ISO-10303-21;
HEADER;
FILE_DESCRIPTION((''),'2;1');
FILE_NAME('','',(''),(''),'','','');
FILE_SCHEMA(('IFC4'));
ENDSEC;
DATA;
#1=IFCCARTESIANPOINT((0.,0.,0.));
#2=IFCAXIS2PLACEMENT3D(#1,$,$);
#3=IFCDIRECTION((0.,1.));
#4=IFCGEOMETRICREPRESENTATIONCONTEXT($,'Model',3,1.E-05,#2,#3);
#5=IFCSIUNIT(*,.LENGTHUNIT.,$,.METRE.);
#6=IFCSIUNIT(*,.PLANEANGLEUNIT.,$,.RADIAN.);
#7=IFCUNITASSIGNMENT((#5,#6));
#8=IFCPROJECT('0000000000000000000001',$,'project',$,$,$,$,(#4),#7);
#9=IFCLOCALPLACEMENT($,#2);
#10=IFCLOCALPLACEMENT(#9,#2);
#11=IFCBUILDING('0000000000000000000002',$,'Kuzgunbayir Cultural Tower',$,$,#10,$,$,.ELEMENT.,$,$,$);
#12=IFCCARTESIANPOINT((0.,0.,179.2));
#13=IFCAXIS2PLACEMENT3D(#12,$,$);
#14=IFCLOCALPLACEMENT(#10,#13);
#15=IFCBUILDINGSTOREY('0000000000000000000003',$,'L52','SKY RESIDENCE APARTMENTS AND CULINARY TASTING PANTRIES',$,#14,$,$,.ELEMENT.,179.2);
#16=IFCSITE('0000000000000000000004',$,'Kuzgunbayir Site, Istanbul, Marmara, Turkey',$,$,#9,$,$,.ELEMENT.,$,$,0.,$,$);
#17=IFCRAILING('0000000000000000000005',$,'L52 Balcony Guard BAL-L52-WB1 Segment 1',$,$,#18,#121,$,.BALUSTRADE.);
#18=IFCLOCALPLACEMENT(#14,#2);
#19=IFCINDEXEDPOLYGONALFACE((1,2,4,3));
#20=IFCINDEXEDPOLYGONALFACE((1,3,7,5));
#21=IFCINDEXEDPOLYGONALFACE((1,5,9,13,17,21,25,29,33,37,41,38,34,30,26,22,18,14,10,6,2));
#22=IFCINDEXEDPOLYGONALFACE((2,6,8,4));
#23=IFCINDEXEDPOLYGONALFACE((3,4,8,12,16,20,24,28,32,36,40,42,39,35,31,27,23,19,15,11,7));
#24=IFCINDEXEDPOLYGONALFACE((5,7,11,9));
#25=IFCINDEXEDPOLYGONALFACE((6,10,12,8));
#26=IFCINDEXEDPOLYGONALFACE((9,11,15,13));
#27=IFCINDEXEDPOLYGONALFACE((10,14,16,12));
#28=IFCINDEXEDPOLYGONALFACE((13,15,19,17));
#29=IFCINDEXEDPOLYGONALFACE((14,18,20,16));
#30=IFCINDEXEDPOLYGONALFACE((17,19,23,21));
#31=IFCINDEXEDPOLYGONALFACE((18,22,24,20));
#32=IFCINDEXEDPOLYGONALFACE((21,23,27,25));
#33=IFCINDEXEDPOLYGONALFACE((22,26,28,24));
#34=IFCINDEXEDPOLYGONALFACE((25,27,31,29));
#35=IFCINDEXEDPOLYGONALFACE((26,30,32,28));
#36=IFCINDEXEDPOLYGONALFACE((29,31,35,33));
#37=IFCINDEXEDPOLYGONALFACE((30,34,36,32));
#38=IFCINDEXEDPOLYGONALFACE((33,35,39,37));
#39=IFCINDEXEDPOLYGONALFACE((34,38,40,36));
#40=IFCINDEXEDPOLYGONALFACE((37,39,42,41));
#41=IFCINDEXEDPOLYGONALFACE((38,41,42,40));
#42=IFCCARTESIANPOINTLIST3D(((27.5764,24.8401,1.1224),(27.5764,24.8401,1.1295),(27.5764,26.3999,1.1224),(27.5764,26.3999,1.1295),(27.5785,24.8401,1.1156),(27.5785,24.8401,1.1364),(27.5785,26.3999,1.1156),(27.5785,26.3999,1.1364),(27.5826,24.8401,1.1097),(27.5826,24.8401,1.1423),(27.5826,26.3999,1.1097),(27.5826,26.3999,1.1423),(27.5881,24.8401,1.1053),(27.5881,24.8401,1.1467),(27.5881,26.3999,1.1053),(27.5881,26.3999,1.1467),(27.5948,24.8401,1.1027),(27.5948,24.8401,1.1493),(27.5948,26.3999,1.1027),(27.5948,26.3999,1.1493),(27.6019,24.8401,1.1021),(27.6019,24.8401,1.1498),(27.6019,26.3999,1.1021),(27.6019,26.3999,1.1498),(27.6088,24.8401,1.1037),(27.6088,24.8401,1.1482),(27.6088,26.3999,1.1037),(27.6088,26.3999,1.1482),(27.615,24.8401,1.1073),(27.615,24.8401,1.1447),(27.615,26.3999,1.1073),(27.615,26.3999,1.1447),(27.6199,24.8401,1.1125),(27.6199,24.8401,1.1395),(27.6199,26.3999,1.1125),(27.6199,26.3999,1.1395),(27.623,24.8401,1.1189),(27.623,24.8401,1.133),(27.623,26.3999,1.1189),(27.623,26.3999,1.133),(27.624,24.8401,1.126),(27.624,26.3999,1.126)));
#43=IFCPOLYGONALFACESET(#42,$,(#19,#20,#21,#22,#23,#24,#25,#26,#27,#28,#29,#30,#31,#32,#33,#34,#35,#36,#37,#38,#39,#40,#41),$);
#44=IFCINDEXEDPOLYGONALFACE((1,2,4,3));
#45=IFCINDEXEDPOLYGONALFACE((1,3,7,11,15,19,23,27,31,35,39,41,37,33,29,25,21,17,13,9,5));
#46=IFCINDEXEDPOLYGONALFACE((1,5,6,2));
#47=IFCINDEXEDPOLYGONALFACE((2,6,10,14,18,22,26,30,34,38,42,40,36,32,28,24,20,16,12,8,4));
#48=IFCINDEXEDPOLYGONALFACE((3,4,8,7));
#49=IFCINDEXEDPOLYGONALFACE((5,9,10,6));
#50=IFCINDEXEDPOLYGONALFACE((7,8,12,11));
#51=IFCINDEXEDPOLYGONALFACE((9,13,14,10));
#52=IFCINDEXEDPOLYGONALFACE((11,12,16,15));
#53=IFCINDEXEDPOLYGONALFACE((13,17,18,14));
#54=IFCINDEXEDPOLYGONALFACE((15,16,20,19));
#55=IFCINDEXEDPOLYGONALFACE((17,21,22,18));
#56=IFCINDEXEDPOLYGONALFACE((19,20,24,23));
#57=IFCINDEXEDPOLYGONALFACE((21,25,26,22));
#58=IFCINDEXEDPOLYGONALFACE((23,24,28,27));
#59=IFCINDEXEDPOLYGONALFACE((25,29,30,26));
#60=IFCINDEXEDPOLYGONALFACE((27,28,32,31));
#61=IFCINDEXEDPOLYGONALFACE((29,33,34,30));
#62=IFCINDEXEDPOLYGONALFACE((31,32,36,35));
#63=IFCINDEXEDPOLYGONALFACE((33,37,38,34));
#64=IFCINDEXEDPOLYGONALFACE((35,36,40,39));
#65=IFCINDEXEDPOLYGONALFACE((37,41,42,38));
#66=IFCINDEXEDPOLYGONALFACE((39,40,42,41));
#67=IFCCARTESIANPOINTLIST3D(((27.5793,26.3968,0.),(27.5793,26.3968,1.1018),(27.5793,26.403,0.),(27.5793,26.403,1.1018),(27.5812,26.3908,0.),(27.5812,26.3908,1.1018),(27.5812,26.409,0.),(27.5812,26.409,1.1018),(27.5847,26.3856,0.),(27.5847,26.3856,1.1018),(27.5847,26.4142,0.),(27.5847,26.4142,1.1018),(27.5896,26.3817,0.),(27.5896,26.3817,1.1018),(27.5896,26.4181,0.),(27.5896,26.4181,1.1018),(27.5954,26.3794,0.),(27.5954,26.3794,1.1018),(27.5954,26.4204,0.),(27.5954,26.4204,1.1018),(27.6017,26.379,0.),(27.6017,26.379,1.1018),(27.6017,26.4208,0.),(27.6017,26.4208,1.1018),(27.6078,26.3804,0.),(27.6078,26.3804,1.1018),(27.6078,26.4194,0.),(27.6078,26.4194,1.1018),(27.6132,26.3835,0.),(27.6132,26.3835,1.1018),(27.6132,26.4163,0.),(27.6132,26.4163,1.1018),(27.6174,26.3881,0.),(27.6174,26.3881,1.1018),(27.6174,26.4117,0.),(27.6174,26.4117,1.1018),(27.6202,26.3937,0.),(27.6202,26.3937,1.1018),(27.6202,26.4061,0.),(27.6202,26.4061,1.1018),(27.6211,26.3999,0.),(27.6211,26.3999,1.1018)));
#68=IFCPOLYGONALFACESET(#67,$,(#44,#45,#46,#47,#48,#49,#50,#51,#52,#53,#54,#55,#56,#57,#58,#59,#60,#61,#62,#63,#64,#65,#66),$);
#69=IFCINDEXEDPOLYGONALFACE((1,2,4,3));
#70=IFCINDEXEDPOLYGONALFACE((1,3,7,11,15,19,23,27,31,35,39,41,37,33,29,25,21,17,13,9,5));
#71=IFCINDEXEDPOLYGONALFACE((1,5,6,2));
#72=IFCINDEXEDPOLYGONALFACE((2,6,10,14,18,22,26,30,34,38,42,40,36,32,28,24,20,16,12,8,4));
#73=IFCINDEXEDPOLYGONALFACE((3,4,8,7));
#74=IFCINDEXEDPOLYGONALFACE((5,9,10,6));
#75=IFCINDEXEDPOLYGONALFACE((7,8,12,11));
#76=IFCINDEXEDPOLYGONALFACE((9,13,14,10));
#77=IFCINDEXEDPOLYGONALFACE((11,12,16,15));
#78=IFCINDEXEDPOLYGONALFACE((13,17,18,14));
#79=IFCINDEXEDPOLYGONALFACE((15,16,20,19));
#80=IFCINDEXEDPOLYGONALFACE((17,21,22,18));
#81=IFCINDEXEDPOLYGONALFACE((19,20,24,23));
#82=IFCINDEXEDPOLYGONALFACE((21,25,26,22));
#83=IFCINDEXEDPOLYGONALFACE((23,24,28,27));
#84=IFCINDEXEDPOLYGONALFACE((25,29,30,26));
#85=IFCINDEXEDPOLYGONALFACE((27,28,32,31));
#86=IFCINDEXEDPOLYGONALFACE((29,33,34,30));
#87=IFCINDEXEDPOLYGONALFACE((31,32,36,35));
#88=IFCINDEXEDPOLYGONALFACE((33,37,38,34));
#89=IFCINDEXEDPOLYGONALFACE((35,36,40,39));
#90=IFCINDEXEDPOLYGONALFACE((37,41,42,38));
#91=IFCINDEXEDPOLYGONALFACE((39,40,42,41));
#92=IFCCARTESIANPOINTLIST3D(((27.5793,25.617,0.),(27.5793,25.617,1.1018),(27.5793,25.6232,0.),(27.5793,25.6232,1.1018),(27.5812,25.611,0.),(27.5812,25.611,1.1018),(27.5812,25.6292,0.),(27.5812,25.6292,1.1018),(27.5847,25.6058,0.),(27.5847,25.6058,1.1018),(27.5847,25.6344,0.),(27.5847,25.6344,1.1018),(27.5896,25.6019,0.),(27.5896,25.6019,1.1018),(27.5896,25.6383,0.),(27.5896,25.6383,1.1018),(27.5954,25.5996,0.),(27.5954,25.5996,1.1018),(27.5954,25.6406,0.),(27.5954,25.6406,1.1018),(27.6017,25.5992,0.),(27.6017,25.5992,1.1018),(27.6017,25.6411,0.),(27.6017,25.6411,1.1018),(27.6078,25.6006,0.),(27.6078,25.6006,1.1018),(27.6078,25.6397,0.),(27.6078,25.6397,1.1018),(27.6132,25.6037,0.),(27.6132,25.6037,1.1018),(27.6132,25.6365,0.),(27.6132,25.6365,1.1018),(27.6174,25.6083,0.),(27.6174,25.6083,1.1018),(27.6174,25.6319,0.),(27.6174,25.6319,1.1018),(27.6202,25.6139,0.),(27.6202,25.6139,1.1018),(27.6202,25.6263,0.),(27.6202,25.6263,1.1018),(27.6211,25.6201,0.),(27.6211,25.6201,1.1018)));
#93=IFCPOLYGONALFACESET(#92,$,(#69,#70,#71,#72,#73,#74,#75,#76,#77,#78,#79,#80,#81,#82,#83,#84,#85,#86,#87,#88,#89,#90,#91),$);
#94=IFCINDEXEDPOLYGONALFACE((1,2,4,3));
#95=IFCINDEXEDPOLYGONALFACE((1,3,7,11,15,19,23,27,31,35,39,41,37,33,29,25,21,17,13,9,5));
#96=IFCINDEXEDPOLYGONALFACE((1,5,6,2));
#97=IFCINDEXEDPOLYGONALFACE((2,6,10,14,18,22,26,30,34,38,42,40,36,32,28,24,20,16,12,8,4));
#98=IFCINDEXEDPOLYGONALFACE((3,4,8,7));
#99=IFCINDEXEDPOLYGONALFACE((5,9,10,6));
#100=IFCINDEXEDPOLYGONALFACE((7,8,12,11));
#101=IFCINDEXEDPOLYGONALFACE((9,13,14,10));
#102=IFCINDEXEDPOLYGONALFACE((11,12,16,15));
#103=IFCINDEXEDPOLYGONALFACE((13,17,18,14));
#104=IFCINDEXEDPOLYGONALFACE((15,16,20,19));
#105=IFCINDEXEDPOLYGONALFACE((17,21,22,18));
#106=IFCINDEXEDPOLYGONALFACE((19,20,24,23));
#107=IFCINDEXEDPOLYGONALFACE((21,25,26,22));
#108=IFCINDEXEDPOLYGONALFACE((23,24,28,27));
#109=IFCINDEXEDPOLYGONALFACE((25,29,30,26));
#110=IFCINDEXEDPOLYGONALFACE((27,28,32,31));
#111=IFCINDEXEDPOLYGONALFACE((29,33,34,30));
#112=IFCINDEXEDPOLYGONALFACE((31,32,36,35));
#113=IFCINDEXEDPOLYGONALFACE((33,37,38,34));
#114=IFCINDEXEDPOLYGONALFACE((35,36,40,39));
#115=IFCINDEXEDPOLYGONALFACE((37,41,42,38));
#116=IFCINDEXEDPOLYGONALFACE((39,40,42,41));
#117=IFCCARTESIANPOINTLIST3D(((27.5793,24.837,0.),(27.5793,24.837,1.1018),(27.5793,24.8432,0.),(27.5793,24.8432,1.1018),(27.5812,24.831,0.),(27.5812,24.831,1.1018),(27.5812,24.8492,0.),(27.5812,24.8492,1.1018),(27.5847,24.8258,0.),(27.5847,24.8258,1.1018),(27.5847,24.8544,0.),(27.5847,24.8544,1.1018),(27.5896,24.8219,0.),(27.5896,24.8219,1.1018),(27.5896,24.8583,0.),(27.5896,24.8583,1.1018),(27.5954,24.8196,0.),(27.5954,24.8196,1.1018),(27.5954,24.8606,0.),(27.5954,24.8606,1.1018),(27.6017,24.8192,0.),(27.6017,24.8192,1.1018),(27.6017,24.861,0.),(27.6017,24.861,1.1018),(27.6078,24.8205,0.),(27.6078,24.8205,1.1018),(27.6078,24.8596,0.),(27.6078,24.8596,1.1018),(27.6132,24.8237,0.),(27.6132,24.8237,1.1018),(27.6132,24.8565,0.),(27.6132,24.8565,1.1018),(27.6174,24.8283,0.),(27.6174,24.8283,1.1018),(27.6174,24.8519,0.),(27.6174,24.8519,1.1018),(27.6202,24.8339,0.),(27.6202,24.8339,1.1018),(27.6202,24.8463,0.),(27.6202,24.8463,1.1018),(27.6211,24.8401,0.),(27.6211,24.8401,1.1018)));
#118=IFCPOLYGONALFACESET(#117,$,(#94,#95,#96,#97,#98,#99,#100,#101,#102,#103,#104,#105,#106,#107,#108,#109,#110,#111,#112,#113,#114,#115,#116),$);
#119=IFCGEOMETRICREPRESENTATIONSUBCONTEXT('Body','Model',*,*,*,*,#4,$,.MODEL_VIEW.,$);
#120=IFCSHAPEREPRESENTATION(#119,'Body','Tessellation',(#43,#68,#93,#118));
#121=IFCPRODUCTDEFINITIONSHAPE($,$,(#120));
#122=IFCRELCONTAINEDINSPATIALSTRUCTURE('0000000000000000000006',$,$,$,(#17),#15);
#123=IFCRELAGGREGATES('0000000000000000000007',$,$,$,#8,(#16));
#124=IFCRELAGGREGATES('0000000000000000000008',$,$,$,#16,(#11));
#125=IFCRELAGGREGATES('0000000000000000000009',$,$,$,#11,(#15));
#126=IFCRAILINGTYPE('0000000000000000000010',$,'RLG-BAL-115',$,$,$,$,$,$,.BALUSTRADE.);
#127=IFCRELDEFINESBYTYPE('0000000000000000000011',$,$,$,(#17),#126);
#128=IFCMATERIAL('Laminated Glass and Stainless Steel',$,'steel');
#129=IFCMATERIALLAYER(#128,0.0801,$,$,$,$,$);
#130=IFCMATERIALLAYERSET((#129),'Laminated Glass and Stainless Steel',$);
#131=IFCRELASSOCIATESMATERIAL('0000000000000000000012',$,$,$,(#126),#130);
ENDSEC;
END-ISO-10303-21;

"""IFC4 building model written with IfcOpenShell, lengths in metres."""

from ifc_helpers import new_model, si_unit, direction, frame, origin, origin_2d, place, context, subcontext, project, spatial, circle, extrude, material, layer, layer_set, type_object, element, save


model = new_model("IFC4")

# Units and contexts
model_context = context("Model", 3, precision=1e-05, world=origin(), true_north=direction((0.0, 1.0)))
body_context = subcontext(model_context, "Body", "Model", "MODEL_VIEW")
ifc_project = project(units=[si_unit("LENGTHUNIT", "METRE"), si_unit("PLANEANGLEUNIT", "RADIAN")], contexts=[model_context])

# Site, building, storey
site_placement = place(None, origin())
site = spatial("IfcSite", under=ifc_project, at=site_placement, Name="Kuzgunbayir Site, Istanbul, Marmara, Turkey", CompositionType="ELEMENT", RefElevation=0.0)
building_placement = place(site_placement, origin())
building = spatial("IfcBuilding", under=site, at=building_placement, Name="Kuzgunbayir Cultural Tower", CompositionType="ELEMENT")
storey_placement = place(building_placement, frame((0.0, 0.0, 179.2)))
storey = spatial("IfcBuildingStorey", under=building, at=storey_placement, Name="L52", Description="SKY RESIDENCE APARTMENTS AND CULINARY TASTING PANTRIES", CompositionType="ELEMENT", Elevation=179.2)

# Railing
ifc_material_1 = material(Name="Laminated Glass and Stainless Steel", Category="steel")
ifc_layer_1 = layer(ifc_material_1, 0.0801)
ifc_layer_set_1 = layer_set([ifc_layer_1], Name="Laminated Glass and Stainless Steel")
railing_type = type_object("IfcRailingType", Name="RLG-BAL-115", PredefinedType="BALUSTRADE", material=ifc_layer_set_1)
railing_1_placement = place(storey_placement, frame((27.6001, 26.3999, 0.0)))
element("IfcRailing", 1, at=railing_1_placement, inside=storey, type_object=railing_type, Name="L52 Balcony Guard BAL-L52-WB1 Segment 1", PredefinedType="BALUSTRADE", context=body_context, shape_type="SweptSolid", body=[
    extrude(circle(Radius=0.0239, at=origin_2d()), frame((0.0, 0.0, 1.126), z_axis=(0.0, -1.0, 0.0), x_axis=(1.0, 0.0, 0.0)), (0.0, 0.0, 1.0), 1.5598),
    extrude(circle(Radius=0.021, at=origin_2d()), origin(), (0.0, 0.0, 1.0), 1.1018),
    extrude(circle(Radius=0.021, at=origin_2d()), frame((0.0, -0.7798, 0.0)), (0.0, 0.0, 1.0), 1.1018),
    extrude(circle(Radius=0.021, at=origin_2d()), frame((0.0, -1.5598, 0.0)), (0.0, 0.0, 1.0), 1.1018),
])

save(model, "model.ifc")
